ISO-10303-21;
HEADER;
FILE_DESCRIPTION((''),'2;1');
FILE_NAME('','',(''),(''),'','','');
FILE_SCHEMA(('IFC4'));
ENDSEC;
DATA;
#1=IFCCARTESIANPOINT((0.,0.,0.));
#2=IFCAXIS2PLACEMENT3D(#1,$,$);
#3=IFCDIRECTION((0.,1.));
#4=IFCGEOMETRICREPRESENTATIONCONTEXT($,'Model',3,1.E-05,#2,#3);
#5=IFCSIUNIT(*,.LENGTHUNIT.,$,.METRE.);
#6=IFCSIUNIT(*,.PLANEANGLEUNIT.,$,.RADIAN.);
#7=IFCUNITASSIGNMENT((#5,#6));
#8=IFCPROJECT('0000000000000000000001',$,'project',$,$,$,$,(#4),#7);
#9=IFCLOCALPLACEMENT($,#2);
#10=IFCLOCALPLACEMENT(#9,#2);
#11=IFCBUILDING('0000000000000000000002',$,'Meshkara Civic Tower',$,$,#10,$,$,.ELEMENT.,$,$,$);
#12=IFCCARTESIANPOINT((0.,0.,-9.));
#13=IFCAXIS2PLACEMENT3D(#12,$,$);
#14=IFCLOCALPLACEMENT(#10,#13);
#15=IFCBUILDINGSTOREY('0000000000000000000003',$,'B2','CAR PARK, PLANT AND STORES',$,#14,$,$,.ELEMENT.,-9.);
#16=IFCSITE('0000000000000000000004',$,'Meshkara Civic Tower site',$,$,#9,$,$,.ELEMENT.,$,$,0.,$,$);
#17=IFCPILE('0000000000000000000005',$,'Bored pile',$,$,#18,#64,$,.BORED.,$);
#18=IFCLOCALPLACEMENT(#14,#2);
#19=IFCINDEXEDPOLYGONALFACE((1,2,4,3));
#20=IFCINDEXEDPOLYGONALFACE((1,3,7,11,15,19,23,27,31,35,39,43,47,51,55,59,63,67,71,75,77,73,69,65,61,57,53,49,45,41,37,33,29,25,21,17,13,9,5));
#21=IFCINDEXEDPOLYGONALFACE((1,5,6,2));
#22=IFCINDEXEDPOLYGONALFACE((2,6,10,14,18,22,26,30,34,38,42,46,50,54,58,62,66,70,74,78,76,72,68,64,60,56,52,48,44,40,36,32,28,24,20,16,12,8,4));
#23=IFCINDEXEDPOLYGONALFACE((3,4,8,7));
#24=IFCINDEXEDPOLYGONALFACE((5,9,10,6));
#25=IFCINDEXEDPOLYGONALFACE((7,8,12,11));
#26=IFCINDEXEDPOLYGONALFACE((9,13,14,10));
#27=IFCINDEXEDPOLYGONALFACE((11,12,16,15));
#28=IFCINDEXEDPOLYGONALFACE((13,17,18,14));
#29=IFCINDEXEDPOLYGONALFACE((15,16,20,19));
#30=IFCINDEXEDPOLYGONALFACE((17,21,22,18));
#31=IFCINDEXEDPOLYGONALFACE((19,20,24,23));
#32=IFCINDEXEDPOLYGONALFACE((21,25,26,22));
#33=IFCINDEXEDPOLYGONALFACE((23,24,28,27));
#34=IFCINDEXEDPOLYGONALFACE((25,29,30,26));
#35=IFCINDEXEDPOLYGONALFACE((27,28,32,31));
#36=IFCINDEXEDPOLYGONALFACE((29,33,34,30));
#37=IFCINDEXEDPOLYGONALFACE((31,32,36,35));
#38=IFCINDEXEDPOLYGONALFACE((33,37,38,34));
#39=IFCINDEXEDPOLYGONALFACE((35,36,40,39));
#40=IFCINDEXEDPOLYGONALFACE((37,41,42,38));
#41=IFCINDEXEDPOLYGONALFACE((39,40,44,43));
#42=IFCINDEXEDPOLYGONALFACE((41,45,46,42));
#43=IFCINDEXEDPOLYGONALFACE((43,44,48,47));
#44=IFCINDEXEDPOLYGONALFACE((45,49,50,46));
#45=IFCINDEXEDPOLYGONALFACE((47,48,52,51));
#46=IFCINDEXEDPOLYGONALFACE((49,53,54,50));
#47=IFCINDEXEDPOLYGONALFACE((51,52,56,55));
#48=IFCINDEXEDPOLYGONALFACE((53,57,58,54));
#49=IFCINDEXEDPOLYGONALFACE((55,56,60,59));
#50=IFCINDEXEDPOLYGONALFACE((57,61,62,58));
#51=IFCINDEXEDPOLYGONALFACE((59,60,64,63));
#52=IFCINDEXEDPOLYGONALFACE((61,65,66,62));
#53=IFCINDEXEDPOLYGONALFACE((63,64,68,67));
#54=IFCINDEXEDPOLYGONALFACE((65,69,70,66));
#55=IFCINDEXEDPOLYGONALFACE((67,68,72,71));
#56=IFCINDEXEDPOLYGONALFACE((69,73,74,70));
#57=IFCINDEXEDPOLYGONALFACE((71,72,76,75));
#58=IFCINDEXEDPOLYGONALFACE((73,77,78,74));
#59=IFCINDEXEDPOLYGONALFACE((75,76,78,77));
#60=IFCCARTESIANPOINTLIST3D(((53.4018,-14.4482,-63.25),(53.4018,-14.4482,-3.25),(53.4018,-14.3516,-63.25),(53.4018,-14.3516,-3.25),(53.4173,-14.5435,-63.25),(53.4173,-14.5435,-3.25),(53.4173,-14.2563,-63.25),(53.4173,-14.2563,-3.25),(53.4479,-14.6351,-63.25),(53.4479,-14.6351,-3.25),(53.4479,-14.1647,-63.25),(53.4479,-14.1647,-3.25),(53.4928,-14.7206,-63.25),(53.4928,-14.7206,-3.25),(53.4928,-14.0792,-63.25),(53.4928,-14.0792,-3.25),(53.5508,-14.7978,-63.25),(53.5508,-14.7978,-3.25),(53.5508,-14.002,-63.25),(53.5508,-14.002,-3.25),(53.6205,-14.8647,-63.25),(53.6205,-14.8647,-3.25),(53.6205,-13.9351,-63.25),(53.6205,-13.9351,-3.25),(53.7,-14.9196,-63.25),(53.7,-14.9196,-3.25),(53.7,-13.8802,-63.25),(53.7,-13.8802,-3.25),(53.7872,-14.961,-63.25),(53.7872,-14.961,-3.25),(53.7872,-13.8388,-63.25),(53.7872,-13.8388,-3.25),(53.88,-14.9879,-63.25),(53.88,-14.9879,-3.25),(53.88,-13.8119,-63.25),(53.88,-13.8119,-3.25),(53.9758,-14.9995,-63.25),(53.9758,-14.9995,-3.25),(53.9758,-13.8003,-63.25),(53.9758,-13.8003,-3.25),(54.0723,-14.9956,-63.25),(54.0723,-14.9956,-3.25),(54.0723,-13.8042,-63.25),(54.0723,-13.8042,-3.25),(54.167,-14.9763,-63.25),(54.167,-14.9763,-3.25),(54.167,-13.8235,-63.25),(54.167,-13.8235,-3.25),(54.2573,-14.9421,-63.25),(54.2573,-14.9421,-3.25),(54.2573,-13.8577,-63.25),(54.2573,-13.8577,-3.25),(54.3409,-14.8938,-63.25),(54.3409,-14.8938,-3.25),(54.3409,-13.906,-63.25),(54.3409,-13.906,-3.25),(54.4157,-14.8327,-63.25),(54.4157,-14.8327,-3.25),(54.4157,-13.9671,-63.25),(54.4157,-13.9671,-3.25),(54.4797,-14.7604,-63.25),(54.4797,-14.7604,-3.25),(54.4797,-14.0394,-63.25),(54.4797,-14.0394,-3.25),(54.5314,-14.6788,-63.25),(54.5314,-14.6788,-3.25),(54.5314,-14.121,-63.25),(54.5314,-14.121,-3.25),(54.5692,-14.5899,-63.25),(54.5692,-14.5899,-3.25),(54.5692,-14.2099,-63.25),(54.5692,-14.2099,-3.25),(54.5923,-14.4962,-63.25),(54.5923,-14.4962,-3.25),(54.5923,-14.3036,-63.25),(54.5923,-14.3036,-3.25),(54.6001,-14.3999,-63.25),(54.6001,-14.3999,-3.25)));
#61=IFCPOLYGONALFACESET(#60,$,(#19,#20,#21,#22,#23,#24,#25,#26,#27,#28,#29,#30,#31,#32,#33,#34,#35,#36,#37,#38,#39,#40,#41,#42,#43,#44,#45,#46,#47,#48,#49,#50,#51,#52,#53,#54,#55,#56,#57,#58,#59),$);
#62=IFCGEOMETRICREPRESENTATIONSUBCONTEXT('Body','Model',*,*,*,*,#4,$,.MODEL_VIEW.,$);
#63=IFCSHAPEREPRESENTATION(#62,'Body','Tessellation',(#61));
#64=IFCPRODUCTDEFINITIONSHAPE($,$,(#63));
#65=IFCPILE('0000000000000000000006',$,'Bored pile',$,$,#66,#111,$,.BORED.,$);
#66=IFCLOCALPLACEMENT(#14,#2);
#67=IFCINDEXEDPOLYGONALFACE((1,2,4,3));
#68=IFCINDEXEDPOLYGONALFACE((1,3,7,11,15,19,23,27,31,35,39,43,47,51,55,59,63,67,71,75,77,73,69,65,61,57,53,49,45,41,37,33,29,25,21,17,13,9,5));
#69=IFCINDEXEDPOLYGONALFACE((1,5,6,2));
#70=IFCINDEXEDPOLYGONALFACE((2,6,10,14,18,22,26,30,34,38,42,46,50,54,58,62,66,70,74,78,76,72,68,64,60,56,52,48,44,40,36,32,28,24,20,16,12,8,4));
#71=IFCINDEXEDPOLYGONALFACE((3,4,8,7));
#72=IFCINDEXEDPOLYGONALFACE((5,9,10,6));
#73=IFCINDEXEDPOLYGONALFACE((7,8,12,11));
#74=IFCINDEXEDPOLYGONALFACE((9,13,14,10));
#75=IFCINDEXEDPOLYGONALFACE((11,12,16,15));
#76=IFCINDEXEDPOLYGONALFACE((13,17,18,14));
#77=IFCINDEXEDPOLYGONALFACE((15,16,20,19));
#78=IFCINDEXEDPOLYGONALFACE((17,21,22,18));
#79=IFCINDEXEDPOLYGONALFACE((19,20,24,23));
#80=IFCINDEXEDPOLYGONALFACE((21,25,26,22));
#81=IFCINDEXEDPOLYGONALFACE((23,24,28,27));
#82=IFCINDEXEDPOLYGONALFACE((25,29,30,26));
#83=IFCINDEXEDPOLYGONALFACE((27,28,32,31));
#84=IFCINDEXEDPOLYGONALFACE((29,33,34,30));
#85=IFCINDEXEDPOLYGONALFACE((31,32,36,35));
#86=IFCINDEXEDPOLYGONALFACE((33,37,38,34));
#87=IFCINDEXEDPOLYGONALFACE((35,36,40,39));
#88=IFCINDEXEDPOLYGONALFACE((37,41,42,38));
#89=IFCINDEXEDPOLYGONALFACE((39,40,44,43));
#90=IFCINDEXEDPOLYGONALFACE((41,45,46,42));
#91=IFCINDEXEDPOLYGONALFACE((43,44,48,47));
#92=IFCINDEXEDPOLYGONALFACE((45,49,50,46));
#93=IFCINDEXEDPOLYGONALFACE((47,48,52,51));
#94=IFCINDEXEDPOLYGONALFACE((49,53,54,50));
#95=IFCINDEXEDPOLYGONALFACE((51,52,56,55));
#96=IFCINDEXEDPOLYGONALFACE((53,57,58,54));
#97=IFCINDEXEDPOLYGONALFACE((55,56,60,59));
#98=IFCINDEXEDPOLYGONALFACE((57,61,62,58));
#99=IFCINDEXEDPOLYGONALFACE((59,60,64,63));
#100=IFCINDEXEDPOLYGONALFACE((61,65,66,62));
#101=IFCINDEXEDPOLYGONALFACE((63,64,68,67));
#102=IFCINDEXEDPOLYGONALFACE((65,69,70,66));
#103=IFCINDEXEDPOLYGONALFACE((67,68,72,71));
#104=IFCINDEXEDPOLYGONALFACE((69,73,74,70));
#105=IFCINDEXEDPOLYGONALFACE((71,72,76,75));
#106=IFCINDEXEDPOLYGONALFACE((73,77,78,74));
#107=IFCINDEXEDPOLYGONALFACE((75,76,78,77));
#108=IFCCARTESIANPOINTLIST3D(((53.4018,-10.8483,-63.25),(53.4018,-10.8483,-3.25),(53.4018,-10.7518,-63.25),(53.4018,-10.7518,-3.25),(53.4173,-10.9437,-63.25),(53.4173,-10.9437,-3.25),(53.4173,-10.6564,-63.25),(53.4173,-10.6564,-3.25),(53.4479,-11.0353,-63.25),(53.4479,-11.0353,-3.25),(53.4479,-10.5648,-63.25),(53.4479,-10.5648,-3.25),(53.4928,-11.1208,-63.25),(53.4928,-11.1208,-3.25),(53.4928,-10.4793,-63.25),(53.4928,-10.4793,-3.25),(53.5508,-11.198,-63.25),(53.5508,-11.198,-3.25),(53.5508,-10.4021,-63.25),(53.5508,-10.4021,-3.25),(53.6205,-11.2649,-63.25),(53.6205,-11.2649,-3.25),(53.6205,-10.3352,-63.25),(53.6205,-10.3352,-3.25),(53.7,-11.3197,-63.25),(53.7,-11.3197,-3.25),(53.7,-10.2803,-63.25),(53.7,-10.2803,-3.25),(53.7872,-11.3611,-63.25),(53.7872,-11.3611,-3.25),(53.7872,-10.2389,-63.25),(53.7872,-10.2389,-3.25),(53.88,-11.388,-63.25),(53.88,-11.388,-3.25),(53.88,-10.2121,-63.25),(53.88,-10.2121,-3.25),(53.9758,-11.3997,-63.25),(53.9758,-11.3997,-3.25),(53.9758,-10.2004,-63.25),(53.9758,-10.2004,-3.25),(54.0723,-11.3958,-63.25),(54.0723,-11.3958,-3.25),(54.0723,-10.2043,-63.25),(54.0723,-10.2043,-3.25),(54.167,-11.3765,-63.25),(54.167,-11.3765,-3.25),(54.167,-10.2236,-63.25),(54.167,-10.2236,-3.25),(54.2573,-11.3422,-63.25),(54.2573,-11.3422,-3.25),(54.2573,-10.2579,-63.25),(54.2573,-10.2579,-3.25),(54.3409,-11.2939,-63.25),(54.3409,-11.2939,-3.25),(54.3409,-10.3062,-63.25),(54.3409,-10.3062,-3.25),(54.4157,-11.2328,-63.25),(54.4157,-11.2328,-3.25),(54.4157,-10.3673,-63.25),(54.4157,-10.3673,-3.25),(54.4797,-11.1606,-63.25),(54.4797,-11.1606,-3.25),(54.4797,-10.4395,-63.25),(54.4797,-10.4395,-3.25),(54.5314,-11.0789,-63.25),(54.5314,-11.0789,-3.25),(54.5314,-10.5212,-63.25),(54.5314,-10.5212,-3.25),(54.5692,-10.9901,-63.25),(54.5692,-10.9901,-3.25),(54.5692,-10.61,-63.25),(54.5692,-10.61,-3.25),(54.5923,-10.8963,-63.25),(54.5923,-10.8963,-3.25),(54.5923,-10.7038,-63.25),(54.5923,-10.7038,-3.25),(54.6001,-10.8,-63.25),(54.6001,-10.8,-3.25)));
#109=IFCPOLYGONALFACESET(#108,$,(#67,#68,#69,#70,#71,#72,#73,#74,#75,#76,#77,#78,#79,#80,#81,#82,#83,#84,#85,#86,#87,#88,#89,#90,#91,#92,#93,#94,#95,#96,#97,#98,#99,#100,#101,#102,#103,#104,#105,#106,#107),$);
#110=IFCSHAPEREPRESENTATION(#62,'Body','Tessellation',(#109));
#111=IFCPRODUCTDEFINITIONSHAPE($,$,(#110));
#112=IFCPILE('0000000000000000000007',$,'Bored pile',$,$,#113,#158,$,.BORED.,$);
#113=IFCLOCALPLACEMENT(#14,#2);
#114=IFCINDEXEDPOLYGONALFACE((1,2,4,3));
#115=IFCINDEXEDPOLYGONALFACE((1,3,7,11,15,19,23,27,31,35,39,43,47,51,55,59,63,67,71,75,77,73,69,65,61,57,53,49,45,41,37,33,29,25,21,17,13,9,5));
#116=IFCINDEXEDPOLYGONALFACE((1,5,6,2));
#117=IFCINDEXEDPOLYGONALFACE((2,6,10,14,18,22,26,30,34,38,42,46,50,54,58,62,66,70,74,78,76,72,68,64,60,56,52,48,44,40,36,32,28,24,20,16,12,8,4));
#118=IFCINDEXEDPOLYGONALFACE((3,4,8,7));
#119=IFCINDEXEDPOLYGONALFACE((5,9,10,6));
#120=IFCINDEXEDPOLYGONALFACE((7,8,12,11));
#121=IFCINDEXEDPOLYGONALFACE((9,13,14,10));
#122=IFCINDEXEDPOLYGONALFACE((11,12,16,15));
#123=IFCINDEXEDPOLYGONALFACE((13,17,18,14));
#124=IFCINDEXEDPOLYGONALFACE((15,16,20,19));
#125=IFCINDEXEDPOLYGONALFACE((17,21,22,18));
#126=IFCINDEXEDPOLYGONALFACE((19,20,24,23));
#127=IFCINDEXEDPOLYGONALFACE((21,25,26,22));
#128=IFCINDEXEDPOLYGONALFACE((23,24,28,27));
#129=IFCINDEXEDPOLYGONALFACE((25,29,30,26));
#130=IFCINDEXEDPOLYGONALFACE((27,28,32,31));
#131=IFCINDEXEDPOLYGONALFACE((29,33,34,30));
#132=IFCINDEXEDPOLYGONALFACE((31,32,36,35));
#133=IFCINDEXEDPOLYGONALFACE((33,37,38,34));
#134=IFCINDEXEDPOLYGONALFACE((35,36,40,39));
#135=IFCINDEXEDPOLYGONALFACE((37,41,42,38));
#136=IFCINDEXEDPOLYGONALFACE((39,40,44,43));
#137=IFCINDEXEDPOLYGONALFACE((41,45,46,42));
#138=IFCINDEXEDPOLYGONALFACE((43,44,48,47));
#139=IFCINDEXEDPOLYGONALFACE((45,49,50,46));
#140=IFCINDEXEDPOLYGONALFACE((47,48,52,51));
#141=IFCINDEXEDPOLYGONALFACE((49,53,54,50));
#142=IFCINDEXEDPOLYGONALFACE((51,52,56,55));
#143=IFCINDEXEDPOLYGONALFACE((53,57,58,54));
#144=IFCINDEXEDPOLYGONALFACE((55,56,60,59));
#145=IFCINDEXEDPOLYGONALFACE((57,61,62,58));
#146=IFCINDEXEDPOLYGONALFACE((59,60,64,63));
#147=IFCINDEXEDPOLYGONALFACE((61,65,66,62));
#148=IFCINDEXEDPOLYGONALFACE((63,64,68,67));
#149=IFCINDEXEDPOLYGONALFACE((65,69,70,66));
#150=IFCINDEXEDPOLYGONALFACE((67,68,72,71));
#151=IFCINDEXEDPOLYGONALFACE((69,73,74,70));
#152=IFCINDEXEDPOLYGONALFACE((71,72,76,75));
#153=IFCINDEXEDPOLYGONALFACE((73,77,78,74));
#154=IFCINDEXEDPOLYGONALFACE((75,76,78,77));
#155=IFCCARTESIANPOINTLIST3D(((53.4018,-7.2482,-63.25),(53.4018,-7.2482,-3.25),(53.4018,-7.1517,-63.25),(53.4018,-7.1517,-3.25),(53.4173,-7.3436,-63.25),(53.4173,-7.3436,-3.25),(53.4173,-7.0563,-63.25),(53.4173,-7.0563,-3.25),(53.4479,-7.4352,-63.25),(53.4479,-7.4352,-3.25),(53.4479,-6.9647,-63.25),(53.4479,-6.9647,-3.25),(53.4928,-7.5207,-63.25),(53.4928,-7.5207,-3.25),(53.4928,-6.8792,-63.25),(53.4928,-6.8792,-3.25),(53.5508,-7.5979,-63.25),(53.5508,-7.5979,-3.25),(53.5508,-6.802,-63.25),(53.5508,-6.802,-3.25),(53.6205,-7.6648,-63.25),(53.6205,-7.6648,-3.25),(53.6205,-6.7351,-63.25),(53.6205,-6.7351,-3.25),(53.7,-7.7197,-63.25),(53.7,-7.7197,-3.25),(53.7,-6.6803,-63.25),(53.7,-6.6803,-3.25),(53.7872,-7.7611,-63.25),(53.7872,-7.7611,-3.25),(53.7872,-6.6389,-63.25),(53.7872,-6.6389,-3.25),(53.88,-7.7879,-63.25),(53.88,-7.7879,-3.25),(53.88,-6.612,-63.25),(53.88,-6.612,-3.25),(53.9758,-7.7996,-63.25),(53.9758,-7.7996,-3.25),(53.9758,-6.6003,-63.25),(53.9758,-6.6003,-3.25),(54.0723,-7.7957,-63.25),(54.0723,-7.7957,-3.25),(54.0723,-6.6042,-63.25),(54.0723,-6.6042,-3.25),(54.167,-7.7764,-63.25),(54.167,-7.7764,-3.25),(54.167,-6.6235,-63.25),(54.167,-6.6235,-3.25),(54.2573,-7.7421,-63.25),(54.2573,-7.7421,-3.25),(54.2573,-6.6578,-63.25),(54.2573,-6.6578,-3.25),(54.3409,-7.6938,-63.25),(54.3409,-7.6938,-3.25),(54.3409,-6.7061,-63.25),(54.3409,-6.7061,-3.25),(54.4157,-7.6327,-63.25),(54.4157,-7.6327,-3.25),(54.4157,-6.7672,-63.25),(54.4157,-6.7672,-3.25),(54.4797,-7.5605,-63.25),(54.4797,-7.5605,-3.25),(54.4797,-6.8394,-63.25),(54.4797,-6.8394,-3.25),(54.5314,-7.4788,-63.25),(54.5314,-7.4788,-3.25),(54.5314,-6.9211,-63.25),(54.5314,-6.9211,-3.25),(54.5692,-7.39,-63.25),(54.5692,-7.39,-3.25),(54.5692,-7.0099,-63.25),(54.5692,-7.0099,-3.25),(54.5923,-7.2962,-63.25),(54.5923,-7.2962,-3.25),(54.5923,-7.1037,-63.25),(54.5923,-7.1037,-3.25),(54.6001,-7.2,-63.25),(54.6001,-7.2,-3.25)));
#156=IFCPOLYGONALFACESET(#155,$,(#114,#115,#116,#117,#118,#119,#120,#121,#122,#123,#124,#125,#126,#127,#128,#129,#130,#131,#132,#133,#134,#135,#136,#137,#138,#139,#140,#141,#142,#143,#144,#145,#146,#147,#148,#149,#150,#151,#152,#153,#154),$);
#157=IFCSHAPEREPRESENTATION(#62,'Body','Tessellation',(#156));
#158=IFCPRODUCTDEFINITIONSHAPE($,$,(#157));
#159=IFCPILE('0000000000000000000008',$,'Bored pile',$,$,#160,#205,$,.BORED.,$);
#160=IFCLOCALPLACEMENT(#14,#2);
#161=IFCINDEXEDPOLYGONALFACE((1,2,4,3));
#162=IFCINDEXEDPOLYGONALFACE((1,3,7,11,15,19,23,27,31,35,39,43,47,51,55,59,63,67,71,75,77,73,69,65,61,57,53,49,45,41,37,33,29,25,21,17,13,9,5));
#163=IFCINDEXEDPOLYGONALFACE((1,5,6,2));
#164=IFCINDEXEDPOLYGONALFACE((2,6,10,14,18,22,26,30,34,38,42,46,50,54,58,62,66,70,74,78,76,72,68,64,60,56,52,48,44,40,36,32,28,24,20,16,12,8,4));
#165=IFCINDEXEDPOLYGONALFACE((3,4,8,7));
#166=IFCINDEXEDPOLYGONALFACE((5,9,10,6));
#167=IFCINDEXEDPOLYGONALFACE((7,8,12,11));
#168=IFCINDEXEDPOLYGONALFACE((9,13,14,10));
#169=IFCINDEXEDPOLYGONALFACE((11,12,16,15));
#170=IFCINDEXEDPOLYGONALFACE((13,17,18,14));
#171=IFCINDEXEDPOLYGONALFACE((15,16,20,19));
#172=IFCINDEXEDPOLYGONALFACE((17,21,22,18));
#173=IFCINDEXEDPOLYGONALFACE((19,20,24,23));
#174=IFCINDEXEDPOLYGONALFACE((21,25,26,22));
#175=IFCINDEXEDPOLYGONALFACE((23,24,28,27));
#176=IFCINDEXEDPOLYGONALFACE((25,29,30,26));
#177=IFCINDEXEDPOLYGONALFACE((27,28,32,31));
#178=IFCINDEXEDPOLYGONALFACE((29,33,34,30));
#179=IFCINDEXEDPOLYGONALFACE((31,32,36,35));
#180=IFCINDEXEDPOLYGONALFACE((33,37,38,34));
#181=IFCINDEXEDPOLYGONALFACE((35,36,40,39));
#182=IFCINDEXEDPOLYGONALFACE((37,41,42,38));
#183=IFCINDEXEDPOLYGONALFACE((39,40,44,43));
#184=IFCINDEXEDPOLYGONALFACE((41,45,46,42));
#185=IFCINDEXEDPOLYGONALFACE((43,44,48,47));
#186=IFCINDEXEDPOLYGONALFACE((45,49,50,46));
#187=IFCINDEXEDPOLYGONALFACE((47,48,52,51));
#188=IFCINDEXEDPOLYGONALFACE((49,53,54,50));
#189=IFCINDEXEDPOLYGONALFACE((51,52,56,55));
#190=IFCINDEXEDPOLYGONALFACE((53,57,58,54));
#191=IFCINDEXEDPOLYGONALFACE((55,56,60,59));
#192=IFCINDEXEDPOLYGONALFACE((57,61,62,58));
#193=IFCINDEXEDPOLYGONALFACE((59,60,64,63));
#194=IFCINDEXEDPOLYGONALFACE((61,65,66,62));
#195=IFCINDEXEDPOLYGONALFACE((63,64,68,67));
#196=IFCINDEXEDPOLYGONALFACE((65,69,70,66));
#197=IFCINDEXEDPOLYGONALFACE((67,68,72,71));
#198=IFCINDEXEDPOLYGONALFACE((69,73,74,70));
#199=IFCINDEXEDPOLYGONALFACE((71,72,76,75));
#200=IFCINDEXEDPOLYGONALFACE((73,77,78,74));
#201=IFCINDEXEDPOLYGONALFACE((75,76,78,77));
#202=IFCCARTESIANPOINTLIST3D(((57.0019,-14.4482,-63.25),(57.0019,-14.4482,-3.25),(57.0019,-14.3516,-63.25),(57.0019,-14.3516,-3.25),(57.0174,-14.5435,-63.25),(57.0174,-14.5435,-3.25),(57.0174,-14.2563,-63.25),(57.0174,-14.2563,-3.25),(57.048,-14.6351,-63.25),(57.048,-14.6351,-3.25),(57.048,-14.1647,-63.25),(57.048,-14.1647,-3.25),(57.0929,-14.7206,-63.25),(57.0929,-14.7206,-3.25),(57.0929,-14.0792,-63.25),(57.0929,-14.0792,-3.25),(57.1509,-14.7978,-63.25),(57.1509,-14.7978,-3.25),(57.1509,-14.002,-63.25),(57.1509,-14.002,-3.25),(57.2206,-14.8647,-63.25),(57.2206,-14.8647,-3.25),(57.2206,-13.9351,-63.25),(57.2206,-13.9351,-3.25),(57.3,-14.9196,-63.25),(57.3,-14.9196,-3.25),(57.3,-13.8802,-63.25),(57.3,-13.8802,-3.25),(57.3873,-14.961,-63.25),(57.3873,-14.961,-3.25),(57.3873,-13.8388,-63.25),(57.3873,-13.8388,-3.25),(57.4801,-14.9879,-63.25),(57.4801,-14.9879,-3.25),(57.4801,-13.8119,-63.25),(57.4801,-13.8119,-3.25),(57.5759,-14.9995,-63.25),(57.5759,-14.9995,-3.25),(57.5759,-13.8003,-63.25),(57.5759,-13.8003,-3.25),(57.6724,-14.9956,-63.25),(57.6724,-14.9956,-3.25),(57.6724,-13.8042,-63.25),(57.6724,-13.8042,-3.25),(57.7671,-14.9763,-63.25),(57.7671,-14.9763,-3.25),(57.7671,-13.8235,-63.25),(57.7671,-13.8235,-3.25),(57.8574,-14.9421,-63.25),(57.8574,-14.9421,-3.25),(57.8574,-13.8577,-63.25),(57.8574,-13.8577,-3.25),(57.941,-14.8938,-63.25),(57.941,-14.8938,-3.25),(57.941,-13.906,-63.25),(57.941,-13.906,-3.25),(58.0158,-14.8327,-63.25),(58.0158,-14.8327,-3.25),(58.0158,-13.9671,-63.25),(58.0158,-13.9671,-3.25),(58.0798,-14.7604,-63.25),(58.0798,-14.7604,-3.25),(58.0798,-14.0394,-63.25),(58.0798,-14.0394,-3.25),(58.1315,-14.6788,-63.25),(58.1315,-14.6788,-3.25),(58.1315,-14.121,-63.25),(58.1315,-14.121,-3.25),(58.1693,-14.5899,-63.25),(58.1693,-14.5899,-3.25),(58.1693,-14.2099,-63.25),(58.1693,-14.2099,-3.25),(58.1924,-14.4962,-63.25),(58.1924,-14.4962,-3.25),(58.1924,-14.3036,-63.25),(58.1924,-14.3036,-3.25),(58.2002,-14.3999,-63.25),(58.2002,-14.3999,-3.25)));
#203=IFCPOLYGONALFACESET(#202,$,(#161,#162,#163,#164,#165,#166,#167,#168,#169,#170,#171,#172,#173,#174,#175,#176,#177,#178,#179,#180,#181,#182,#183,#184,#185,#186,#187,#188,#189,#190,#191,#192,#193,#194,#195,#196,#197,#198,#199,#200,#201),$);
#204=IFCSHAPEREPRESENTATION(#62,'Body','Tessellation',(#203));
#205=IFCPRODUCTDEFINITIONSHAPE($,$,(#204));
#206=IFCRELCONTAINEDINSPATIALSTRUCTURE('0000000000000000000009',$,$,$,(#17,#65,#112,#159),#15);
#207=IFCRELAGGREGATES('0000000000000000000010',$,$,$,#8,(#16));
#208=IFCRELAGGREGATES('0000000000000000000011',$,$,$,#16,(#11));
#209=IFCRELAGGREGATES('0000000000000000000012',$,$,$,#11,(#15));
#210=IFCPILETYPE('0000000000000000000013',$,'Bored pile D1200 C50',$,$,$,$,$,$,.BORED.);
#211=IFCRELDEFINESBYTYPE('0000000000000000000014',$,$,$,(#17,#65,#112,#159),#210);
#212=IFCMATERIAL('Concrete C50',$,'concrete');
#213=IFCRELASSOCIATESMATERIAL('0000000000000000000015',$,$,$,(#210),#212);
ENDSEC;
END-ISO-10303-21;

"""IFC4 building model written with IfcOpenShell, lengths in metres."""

from ifc_helpers import new_model, si_unit, direction, frame, origin, origin_2d, place, context, subcontext, project, spatial, circle, extrude, material, material_profile, profile_set, type_object, element, save


model = new_model("IFC4")

# Units and contexts
model_context = context("Model", 3, precision=1e-05, world=origin(), true_north=direction((0.0, 1.0)))
body_context = subcontext(model_context, "Body", "Model", "MODEL_VIEW")
ifc_project = project(units=[si_unit("LENGTHUNIT", "METRE"), si_unit("PLANEANGLEUNIT", "RADIAN")], contexts=[model_context])

# Site, building, storey
site_placement = place(None, origin())
site = spatial("IfcSite", under=ifc_project, at=site_placement, Name="Meshkara Civic Tower site", CompositionType="ELEMENT", RefElevation=0.0)
building_placement = place(site_placement, origin())
building = spatial("IfcBuilding", under=site, at=building_placement, Name="Meshkara Civic Tower", CompositionType="ELEMENT")
storey_placement = place(building_placement, frame((0.0, 0.0, -9.0)))
storey = spatial("IfcBuildingStorey", under=building, at=storey_placement, Name="B2", Description="CAR PARK, PLANT AND STORES", CompositionType="ELEMENT", Elevation=-9.0)

# Piles
ifc_material_1 = material(Name="Concrete C50", Category="concrete")
ifc_material_profile_1 = material_profile(ifc_material_1, circle(Radius=0.6001, at=origin_2d()))
ifc_profile_set_1 = profile_set([ifc_material_profile_1], Name="Concrete C50")
pile_type = type_object("IfcPileType", Name="Bored pile D1200 C50", PredefinedType="BORED", material=ifc_profile_set_1)
for number, where, z_axis, x_axis, name in (
    (1, (54.0, -14.3999, -3.25), (0.0, 0.0, -1.0), (1.0, 0.0, 0.0), "Bored pile"),
    (2, (54.0, -10.8, -3.25), (0.0, 0.0, -1.0), (1.0, 0.0, 0.0), "Bored pile"),
    (3, (54.0, -7.2, -3.25), (0.0, 0.0, -1.0), (1.0, 0.0, 0.0), "Bored pile"),
    (4, (57.6001, -14.3999, -3.25), (0.0, 0.0, -1.0), (1.0, 0.0, 0.0), "Bored pile"),
):
    element("IfcPile", number, at=place(storey_placement, frame(where, z_axis=z_axis, x_axis=x_axis)), inside=storey, type_object=pile_type, Name=name, PredefinedType="BORED", context=body_context, shape_type="SweptSolid", body=[
        extrude(circle(Radius=0.6001, at=origin_2d()), origin(), (0.0, 0.0, 1.0), 60.0),
    ])

save(model, "model.ifc")
